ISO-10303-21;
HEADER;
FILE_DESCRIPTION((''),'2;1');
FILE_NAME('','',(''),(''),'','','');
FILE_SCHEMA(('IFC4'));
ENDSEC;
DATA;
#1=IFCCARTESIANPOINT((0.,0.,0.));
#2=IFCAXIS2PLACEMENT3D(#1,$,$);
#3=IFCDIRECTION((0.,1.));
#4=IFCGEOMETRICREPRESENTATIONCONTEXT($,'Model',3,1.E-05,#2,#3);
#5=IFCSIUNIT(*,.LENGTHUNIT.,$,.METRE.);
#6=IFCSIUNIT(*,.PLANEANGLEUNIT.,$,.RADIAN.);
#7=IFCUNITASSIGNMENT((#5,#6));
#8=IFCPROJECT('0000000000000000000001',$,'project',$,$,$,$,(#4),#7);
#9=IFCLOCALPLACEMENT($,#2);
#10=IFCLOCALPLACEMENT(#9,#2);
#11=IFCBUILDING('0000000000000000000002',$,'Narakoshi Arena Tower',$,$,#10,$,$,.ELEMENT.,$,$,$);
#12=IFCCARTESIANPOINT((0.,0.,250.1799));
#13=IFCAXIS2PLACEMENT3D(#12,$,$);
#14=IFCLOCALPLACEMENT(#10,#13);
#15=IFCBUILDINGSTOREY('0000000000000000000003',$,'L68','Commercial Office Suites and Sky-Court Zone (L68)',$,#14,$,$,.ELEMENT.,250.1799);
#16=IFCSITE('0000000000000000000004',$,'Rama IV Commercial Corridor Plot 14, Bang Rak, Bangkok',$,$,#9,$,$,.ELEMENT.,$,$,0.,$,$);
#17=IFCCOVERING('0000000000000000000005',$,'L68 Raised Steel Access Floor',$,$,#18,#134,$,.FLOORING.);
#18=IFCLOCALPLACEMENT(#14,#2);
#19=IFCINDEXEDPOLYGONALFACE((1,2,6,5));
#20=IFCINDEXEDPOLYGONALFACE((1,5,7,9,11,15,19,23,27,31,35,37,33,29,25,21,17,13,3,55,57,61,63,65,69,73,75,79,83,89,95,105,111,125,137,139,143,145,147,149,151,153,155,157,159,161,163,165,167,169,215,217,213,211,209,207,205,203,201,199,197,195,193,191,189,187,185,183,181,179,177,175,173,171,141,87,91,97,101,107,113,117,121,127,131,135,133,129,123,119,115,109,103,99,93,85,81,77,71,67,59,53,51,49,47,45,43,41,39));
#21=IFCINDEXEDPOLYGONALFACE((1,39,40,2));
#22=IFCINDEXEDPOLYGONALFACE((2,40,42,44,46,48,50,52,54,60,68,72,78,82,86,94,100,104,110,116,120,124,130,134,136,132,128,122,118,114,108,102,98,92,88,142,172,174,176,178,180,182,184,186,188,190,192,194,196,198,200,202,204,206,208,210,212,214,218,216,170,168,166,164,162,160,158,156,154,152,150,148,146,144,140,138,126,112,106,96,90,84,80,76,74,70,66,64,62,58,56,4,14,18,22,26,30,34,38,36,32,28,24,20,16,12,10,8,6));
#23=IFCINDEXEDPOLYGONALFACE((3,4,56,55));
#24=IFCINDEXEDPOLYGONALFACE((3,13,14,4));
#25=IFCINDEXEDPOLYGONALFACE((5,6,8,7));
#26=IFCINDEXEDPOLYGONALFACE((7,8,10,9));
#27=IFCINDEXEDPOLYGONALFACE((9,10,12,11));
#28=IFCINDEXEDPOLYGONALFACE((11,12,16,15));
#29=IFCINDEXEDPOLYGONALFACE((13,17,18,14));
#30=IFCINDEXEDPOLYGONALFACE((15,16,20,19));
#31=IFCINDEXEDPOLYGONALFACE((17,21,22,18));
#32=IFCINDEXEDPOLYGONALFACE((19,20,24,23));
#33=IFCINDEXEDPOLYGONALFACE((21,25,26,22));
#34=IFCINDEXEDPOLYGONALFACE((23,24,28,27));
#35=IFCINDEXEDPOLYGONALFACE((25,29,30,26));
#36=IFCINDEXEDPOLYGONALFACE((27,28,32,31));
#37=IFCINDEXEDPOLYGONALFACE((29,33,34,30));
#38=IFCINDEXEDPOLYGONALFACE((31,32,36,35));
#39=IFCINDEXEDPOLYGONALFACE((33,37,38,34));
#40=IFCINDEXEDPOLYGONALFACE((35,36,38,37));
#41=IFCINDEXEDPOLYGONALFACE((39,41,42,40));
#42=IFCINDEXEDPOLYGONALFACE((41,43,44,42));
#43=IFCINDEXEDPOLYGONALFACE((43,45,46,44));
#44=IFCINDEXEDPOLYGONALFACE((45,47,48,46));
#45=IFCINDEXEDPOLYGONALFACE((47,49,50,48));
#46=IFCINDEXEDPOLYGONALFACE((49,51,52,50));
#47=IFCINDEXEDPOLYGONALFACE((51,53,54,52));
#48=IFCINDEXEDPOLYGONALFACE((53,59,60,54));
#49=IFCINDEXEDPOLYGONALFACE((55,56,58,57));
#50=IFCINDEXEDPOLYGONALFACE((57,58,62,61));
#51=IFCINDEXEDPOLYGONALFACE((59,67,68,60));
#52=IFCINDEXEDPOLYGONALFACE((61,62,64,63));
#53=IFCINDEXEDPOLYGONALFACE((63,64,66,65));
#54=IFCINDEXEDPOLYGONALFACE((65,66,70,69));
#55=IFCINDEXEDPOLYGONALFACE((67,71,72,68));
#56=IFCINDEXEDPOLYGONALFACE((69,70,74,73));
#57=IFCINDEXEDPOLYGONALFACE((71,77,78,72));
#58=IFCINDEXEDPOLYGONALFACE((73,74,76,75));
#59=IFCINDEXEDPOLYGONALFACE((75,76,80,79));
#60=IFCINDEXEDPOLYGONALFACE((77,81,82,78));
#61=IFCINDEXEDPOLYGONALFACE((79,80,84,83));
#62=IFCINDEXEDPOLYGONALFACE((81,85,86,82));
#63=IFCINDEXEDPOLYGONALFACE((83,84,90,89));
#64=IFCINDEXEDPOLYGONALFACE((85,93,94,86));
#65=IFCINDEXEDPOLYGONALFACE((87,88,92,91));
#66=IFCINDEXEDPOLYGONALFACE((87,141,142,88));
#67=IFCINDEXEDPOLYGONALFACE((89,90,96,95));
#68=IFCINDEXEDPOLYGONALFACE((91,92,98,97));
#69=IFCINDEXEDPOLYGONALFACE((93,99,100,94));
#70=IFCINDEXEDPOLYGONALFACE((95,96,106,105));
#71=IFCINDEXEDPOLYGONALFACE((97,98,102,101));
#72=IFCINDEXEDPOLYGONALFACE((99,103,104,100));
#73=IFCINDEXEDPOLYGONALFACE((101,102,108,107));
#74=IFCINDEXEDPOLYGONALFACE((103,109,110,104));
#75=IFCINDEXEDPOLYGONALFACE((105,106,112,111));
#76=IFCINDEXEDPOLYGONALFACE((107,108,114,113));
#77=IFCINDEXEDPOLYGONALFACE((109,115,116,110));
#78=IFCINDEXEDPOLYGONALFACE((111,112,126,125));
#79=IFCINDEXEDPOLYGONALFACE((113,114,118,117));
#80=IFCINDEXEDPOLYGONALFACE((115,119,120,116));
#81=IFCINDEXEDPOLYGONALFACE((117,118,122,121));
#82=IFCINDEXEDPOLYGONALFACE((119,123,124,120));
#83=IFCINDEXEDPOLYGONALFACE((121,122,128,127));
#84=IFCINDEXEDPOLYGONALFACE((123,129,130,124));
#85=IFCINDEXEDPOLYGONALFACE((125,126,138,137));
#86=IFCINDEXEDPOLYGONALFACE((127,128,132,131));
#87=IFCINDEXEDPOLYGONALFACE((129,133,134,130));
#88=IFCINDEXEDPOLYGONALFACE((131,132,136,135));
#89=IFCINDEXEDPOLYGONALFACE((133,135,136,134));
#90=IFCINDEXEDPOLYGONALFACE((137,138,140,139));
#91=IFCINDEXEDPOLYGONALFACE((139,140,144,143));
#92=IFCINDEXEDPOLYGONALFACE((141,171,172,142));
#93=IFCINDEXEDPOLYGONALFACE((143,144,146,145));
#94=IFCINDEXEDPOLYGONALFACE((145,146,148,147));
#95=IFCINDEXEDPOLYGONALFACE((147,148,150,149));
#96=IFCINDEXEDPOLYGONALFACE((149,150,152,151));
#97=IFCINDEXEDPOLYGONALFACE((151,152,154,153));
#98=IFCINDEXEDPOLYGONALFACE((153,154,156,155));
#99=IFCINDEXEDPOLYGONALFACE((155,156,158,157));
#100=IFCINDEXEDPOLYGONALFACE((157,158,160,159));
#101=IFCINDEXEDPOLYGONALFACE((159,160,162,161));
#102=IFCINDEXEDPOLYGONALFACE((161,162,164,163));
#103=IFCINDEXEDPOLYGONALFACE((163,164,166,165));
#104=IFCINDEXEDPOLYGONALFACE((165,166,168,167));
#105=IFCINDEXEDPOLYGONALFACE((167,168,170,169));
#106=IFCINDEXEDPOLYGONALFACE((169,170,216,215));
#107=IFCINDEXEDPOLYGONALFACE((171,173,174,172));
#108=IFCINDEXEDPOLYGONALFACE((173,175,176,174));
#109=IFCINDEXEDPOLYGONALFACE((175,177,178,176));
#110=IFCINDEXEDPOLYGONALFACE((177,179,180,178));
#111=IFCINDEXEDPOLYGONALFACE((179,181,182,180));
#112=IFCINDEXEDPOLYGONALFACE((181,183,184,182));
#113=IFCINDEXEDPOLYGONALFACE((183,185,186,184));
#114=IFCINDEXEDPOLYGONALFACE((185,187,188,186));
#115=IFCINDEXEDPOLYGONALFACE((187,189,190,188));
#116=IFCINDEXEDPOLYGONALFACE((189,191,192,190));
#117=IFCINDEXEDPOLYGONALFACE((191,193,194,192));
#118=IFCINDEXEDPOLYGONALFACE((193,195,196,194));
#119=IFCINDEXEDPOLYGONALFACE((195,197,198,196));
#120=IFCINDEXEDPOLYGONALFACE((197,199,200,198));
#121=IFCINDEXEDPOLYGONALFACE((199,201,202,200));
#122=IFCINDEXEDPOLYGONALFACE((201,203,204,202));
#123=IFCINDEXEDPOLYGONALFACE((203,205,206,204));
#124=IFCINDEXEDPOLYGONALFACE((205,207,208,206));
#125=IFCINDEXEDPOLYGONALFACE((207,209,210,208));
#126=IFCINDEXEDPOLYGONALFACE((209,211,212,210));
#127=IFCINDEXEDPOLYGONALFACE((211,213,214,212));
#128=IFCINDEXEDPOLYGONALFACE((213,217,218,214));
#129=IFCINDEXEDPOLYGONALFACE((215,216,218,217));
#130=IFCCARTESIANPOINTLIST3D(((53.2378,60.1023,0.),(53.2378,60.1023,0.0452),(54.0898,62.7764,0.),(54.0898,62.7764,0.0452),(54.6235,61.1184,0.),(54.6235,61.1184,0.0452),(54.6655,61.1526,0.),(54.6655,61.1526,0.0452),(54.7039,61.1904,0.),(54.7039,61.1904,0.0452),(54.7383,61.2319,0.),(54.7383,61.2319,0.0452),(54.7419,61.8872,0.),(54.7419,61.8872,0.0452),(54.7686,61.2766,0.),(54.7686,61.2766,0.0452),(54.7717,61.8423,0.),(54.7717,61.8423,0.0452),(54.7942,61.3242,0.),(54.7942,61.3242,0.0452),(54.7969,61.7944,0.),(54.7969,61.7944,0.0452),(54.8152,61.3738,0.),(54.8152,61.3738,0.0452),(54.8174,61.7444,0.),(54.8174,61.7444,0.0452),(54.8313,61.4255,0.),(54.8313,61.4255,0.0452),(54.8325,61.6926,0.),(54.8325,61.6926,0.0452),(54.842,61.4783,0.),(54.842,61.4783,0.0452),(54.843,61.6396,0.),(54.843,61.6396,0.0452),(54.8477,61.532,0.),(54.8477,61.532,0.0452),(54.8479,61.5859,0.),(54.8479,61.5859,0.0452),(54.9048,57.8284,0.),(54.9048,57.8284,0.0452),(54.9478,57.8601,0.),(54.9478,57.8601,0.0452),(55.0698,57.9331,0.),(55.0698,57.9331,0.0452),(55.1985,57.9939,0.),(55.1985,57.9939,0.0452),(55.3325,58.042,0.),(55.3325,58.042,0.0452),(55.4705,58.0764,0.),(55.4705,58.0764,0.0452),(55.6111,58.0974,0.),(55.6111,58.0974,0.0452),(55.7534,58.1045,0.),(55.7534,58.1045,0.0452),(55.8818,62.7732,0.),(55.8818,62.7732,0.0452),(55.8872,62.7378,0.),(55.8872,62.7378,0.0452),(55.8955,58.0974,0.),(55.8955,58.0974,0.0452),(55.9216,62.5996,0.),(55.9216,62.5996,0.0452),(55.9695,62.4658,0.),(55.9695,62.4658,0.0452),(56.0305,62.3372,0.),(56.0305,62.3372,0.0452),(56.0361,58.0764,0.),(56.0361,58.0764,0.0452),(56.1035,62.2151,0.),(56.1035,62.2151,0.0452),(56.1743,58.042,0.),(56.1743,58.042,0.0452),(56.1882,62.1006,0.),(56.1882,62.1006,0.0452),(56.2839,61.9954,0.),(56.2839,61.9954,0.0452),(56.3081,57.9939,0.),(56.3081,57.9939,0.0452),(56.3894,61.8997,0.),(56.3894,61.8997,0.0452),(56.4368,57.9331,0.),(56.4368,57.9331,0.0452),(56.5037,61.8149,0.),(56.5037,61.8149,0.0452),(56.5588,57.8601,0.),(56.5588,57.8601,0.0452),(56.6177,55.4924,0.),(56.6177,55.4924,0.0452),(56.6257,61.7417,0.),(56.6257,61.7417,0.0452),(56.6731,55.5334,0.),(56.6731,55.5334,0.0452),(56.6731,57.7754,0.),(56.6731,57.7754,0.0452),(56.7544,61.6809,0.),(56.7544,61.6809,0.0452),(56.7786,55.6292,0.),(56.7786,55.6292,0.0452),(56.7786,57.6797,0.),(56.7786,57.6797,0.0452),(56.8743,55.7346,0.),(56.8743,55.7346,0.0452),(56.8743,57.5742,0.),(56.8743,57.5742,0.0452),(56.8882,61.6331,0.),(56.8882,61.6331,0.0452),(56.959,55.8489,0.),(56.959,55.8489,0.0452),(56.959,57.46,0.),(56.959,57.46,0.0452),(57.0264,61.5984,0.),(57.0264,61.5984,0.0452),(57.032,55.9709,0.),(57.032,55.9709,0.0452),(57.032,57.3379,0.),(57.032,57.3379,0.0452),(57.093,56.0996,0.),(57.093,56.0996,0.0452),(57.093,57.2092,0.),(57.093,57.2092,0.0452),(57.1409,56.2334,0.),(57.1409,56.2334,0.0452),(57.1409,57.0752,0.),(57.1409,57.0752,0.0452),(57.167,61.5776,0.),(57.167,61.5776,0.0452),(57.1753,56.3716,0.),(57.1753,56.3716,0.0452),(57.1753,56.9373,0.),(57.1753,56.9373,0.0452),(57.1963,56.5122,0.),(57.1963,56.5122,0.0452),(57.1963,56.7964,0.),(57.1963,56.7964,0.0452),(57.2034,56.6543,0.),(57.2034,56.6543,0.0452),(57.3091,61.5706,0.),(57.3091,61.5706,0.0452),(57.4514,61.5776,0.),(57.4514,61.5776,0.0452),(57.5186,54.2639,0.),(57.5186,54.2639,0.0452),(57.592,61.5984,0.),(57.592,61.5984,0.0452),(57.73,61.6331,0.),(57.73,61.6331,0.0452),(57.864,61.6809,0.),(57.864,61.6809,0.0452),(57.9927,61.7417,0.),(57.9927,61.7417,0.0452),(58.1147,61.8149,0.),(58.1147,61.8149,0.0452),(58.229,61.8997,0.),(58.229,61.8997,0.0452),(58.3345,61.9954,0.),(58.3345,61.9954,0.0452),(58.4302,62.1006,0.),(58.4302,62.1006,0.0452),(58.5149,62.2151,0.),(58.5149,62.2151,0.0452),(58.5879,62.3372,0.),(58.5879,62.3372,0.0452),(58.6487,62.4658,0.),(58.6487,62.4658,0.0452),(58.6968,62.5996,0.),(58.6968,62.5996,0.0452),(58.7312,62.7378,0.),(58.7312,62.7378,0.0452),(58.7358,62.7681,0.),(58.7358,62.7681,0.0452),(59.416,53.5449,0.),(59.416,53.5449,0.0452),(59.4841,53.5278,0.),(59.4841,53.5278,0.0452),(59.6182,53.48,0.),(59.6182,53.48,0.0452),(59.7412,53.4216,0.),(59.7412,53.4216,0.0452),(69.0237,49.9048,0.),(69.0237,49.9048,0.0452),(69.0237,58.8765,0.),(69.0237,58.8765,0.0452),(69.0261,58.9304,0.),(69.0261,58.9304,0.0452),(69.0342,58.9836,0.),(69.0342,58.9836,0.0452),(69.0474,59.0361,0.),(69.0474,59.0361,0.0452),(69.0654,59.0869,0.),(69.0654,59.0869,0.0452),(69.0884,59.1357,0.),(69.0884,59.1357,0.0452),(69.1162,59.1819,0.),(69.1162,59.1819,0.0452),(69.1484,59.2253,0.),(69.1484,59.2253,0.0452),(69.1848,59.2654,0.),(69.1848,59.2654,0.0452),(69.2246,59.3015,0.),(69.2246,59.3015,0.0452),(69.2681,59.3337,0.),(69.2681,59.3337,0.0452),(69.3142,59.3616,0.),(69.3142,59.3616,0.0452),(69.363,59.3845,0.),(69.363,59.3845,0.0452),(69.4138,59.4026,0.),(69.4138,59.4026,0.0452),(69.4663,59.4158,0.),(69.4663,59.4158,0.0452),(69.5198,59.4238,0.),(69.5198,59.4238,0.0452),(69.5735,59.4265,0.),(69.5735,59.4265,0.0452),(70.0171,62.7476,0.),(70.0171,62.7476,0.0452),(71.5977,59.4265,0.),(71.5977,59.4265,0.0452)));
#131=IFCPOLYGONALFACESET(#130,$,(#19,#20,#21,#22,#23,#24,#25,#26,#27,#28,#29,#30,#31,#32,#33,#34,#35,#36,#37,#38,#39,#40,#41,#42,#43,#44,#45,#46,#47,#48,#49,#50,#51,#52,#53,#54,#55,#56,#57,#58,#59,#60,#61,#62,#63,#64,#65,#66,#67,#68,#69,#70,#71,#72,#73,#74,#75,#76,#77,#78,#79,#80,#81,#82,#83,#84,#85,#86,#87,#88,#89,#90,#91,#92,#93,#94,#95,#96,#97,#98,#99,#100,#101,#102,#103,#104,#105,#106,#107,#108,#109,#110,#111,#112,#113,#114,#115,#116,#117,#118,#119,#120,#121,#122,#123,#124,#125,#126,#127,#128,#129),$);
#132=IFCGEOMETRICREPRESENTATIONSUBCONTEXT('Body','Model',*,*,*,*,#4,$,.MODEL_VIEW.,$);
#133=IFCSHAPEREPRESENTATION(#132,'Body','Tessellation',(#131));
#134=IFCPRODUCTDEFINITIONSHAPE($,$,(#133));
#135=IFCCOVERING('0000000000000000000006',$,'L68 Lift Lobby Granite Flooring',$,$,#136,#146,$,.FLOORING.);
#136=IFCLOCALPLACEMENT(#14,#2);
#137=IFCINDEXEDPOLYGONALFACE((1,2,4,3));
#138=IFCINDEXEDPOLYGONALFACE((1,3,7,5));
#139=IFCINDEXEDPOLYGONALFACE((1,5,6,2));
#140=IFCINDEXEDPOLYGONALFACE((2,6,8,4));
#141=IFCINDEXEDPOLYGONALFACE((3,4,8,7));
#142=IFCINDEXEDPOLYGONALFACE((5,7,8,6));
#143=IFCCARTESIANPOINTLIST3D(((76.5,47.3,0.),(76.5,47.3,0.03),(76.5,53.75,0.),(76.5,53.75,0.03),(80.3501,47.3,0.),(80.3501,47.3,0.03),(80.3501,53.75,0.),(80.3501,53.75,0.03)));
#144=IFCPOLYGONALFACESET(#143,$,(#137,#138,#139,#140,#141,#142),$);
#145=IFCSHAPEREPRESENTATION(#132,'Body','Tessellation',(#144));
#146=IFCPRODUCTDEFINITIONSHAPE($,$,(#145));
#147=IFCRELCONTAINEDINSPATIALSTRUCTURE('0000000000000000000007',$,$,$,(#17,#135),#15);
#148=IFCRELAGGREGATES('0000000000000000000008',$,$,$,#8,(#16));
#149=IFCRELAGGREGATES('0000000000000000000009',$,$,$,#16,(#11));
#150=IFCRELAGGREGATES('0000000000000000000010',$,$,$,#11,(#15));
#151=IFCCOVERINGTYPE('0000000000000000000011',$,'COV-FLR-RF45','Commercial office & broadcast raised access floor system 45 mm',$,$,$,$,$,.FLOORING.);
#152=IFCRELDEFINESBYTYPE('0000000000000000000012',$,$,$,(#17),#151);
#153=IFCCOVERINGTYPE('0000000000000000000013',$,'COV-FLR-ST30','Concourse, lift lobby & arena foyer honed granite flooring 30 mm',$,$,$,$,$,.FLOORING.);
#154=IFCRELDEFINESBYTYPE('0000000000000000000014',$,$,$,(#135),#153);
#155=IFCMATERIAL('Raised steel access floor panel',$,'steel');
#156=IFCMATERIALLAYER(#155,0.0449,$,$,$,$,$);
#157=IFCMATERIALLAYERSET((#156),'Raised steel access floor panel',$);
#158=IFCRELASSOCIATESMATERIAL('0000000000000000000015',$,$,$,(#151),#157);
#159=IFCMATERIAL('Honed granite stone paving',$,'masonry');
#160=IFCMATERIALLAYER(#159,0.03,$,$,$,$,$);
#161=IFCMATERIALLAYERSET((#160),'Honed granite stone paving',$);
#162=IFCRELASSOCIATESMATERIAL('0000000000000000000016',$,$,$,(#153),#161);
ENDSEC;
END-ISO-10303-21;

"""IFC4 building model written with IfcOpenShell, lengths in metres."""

from ifc_helpers import new_model, si_unit, direction, frame, origin, place, context, subcontext, project, spatial, polyline, outline, extrude, material, layer, layer_set, type_object, element, save


model = new_model("IFC4")

# Units and contexts
model_context = context("Model", 3, precision=1e-05, world=origin(), true_north=direction((0.0, 1.0)))
body_context = subcontext(model_context, "Body", "Model", "MODEL_VIEW")
ifc_project = project(units=[si_unit("LENGTHUNIT", "METRE"), si_unit("PLANEANGLEUNIT", "RADIAN")], contexts=[model_context])

# Site, building, storey
site_placement = place(None, origin())
site = spatial("IfcSite", under=ifc_project, at=site_placement, Name="Rama IV Commercial Corridor Plot 14, Bang Rak, Bangkok", CompositionType="ELEMENT", RefElevation=0.0)
building_placement = place(site_placement, origin())
building = spatial("IfcBuilding", under=site, at=building_placement, Name="Narakoshi Arena Tower", CompositionType="ELEMENT")
storey_placement = place(building_placement, frame((0.0, 0.0, 250.1799)))
storey = spatial("IfcBuildingStorey", under=building, at=storey_placement, Name="L68", Description="Commercial Office Suites and Sky-Court Zone (L68)", CompositionType="ELEMENT", Elevation=250.1799)

# Coverings
ifc_material_1 = material(Name="Raised steel access floor panel", Category="steel")
ifc_layer_1 = layer(ifc_material_1, 0.0449)
ifc_layer_set_1 = layer_set([ifc_layer_1], Name="Raised steel access floor panel")
covering_type_1 = type_object("IfcCoveringType", Name="COV-FLR-RF45", Description="Commercial office & broadcast raised access floor system 45 mm", PredefinedType="FLOORING", material=ifc_layer_set_1)
covering_1_placement = place(storey_placement, origin())
element("IfcCovering", 1, at=covering_1_placement, inside=storey, type_object=covering_type_1, Name="L68 Raised Steel Access Floor", PredefinedType="FLOORING", context=body_context, shape_type="SweptSolid", body=[
    extrude(outline(polyline([(55.8818, 62.7732), (55.8872, 62.7378), (55.9216, 62.5996), (55.9695, 62.4658), (56.0305, 62.3372), (56.1035, 62.2151), (56.1882, 62.1006), (56.2839, 61.9954), (56.3894, 61.8997), (56.5037, 61.8149), (56.6257, 61.7417), (56.7544, 61.6809), (56.8882, 61.6331), (57.0264, 61.5984), (57.167, 61.5776), (57.3091, 61.5706), (57.4514, 61.5776), (57.592, 61.5984), (57.73, 61.6331), (57.864, 61.6809), (57.9927, 61.7417), (58.1147, 61.8149), (58.229, 61.8997), (58.3345, 61.9954), (58.4302, 62.1006), (58.5149, 62.2151), (58.5879, 62.3372), (58.6487, 62.4658), (58.6968, 62.5996), (58.7312, 62.7378), (58.7358, 62.7681), (70.0171, 62.7476), (71.5977, 59.4265), (69.5735, 59.4265), (69.5198, 59.4238), (69.4663, 59.4158), (69.4138, 59.4026), (69.363, 59.3845), (69.3142, 59.3616), (69.2681, 59.3337), (69.2246, 59.3015), (69.1848, 59.2654), (69.1484, 59.2253), (69.1162, 59.1819), (69.0884, 59.1357), (69.0654, 59.0869), (69.0474, 59.0361), (69.0342, 58.9836), (69.0261, 58.9304), (69.0237, 58.8765), (69.0237, 49.9048), (59.7412, 53.4216), (59.6182, 53.48), (59.4841, 53.5278), (59.416, 53.5449), (57.5186, 54.2639), (56.6177, 55.4924), (56.6731, 55.5334), (56.7786, 55.6292), (56.8743, 55.7346), (56.959, 55.8489), (57.032, 55.9709), (57.093, 56.0996), (57.1409, 56.2334), (57.1753, 56.3716), (57.1963, 56.5122), (57.2034, 56.6543), (57.1963, 56.7964), (57.1753, 56.9373), (57.1409, 57.0752), (57.093, 57.2092), (57.032, 57.3379), (56.959, 57.46), (56.8743, 57.5742), (56.7786, 57.6797), (56.6731, 57.7754), (56.5588, 57.8601), (56.4368, 57.9331), (56.3081, 57.9939), (56.1743, 58.042), (56.0361, 58.0764), (55.8955, 58.0974), (55.7534, 58.1045), (55.6111, 58.0974), (55.4705, 58.0764), (55.3325, 58.042), (55.1985, 57.9939), (55.0698, 57.9331), (54.9478, 57.8601), (54.9048, 57.8284), (53.2378, 60.1023), (54.6235, 61.1184), (54.6655, 61.1526), (54.7039, 61.1904), (54.7383, 61.2319), (54.7686, 61.2766), (54.7942, 61.3242), (54.8152, 61.3738), (54.8313, 61.4255), (54.842, 61.4783), (54.8477, 61.532), (54.8479, 61.5859), (54.843, 61.6396), (54.8325, 61.6926), (54.8174, 61.7444), (54.7969, 61.7944), (54.7717, 61.8423), (54.7419, 61.8872), (54.0898, 62.7764), (55.8818, 62.7732)])), origin(), (0.0, 0.0, 1.0), 0.0452),
])
ifc_material_2 = material(Name="Honed granite stone paving", Category="masonry")
ifc_layer_2 = layer(ifc_material_2, 0.03)
ifc_layer_set_2 = layer_set([ifc_layer_2], Name="Honed granite stone paving")
covering_type_2 = type_object("IfcCoveringType", Name="COV-FLR-ST30", Description="Concourse, lift lobby & arena foyer honed granite flooring 30 mm", PredefinedType="FLOORING", material=ifc_layer_set_2)
covering_2_placement = place(storey_placement, origin())
element("IfcCovering", 2, at=covering_2_placement, inside=storey, type_object=covering_type_2, Name="L68 Lift Lobby Granite Flooring", PredefinedType="FLOORING", context=body_context, shape_type="SweptSolid", body=[
    extrude(outline(polyline([(76.5, 47.3), (80.3501, 47.3), (80.3501, 53.75), (76.5, 53.75), (76.5, 47.3)])), origin(), (0.0, 0.0, 1.0), 0.03),
])

save(model, "model.ifc")
